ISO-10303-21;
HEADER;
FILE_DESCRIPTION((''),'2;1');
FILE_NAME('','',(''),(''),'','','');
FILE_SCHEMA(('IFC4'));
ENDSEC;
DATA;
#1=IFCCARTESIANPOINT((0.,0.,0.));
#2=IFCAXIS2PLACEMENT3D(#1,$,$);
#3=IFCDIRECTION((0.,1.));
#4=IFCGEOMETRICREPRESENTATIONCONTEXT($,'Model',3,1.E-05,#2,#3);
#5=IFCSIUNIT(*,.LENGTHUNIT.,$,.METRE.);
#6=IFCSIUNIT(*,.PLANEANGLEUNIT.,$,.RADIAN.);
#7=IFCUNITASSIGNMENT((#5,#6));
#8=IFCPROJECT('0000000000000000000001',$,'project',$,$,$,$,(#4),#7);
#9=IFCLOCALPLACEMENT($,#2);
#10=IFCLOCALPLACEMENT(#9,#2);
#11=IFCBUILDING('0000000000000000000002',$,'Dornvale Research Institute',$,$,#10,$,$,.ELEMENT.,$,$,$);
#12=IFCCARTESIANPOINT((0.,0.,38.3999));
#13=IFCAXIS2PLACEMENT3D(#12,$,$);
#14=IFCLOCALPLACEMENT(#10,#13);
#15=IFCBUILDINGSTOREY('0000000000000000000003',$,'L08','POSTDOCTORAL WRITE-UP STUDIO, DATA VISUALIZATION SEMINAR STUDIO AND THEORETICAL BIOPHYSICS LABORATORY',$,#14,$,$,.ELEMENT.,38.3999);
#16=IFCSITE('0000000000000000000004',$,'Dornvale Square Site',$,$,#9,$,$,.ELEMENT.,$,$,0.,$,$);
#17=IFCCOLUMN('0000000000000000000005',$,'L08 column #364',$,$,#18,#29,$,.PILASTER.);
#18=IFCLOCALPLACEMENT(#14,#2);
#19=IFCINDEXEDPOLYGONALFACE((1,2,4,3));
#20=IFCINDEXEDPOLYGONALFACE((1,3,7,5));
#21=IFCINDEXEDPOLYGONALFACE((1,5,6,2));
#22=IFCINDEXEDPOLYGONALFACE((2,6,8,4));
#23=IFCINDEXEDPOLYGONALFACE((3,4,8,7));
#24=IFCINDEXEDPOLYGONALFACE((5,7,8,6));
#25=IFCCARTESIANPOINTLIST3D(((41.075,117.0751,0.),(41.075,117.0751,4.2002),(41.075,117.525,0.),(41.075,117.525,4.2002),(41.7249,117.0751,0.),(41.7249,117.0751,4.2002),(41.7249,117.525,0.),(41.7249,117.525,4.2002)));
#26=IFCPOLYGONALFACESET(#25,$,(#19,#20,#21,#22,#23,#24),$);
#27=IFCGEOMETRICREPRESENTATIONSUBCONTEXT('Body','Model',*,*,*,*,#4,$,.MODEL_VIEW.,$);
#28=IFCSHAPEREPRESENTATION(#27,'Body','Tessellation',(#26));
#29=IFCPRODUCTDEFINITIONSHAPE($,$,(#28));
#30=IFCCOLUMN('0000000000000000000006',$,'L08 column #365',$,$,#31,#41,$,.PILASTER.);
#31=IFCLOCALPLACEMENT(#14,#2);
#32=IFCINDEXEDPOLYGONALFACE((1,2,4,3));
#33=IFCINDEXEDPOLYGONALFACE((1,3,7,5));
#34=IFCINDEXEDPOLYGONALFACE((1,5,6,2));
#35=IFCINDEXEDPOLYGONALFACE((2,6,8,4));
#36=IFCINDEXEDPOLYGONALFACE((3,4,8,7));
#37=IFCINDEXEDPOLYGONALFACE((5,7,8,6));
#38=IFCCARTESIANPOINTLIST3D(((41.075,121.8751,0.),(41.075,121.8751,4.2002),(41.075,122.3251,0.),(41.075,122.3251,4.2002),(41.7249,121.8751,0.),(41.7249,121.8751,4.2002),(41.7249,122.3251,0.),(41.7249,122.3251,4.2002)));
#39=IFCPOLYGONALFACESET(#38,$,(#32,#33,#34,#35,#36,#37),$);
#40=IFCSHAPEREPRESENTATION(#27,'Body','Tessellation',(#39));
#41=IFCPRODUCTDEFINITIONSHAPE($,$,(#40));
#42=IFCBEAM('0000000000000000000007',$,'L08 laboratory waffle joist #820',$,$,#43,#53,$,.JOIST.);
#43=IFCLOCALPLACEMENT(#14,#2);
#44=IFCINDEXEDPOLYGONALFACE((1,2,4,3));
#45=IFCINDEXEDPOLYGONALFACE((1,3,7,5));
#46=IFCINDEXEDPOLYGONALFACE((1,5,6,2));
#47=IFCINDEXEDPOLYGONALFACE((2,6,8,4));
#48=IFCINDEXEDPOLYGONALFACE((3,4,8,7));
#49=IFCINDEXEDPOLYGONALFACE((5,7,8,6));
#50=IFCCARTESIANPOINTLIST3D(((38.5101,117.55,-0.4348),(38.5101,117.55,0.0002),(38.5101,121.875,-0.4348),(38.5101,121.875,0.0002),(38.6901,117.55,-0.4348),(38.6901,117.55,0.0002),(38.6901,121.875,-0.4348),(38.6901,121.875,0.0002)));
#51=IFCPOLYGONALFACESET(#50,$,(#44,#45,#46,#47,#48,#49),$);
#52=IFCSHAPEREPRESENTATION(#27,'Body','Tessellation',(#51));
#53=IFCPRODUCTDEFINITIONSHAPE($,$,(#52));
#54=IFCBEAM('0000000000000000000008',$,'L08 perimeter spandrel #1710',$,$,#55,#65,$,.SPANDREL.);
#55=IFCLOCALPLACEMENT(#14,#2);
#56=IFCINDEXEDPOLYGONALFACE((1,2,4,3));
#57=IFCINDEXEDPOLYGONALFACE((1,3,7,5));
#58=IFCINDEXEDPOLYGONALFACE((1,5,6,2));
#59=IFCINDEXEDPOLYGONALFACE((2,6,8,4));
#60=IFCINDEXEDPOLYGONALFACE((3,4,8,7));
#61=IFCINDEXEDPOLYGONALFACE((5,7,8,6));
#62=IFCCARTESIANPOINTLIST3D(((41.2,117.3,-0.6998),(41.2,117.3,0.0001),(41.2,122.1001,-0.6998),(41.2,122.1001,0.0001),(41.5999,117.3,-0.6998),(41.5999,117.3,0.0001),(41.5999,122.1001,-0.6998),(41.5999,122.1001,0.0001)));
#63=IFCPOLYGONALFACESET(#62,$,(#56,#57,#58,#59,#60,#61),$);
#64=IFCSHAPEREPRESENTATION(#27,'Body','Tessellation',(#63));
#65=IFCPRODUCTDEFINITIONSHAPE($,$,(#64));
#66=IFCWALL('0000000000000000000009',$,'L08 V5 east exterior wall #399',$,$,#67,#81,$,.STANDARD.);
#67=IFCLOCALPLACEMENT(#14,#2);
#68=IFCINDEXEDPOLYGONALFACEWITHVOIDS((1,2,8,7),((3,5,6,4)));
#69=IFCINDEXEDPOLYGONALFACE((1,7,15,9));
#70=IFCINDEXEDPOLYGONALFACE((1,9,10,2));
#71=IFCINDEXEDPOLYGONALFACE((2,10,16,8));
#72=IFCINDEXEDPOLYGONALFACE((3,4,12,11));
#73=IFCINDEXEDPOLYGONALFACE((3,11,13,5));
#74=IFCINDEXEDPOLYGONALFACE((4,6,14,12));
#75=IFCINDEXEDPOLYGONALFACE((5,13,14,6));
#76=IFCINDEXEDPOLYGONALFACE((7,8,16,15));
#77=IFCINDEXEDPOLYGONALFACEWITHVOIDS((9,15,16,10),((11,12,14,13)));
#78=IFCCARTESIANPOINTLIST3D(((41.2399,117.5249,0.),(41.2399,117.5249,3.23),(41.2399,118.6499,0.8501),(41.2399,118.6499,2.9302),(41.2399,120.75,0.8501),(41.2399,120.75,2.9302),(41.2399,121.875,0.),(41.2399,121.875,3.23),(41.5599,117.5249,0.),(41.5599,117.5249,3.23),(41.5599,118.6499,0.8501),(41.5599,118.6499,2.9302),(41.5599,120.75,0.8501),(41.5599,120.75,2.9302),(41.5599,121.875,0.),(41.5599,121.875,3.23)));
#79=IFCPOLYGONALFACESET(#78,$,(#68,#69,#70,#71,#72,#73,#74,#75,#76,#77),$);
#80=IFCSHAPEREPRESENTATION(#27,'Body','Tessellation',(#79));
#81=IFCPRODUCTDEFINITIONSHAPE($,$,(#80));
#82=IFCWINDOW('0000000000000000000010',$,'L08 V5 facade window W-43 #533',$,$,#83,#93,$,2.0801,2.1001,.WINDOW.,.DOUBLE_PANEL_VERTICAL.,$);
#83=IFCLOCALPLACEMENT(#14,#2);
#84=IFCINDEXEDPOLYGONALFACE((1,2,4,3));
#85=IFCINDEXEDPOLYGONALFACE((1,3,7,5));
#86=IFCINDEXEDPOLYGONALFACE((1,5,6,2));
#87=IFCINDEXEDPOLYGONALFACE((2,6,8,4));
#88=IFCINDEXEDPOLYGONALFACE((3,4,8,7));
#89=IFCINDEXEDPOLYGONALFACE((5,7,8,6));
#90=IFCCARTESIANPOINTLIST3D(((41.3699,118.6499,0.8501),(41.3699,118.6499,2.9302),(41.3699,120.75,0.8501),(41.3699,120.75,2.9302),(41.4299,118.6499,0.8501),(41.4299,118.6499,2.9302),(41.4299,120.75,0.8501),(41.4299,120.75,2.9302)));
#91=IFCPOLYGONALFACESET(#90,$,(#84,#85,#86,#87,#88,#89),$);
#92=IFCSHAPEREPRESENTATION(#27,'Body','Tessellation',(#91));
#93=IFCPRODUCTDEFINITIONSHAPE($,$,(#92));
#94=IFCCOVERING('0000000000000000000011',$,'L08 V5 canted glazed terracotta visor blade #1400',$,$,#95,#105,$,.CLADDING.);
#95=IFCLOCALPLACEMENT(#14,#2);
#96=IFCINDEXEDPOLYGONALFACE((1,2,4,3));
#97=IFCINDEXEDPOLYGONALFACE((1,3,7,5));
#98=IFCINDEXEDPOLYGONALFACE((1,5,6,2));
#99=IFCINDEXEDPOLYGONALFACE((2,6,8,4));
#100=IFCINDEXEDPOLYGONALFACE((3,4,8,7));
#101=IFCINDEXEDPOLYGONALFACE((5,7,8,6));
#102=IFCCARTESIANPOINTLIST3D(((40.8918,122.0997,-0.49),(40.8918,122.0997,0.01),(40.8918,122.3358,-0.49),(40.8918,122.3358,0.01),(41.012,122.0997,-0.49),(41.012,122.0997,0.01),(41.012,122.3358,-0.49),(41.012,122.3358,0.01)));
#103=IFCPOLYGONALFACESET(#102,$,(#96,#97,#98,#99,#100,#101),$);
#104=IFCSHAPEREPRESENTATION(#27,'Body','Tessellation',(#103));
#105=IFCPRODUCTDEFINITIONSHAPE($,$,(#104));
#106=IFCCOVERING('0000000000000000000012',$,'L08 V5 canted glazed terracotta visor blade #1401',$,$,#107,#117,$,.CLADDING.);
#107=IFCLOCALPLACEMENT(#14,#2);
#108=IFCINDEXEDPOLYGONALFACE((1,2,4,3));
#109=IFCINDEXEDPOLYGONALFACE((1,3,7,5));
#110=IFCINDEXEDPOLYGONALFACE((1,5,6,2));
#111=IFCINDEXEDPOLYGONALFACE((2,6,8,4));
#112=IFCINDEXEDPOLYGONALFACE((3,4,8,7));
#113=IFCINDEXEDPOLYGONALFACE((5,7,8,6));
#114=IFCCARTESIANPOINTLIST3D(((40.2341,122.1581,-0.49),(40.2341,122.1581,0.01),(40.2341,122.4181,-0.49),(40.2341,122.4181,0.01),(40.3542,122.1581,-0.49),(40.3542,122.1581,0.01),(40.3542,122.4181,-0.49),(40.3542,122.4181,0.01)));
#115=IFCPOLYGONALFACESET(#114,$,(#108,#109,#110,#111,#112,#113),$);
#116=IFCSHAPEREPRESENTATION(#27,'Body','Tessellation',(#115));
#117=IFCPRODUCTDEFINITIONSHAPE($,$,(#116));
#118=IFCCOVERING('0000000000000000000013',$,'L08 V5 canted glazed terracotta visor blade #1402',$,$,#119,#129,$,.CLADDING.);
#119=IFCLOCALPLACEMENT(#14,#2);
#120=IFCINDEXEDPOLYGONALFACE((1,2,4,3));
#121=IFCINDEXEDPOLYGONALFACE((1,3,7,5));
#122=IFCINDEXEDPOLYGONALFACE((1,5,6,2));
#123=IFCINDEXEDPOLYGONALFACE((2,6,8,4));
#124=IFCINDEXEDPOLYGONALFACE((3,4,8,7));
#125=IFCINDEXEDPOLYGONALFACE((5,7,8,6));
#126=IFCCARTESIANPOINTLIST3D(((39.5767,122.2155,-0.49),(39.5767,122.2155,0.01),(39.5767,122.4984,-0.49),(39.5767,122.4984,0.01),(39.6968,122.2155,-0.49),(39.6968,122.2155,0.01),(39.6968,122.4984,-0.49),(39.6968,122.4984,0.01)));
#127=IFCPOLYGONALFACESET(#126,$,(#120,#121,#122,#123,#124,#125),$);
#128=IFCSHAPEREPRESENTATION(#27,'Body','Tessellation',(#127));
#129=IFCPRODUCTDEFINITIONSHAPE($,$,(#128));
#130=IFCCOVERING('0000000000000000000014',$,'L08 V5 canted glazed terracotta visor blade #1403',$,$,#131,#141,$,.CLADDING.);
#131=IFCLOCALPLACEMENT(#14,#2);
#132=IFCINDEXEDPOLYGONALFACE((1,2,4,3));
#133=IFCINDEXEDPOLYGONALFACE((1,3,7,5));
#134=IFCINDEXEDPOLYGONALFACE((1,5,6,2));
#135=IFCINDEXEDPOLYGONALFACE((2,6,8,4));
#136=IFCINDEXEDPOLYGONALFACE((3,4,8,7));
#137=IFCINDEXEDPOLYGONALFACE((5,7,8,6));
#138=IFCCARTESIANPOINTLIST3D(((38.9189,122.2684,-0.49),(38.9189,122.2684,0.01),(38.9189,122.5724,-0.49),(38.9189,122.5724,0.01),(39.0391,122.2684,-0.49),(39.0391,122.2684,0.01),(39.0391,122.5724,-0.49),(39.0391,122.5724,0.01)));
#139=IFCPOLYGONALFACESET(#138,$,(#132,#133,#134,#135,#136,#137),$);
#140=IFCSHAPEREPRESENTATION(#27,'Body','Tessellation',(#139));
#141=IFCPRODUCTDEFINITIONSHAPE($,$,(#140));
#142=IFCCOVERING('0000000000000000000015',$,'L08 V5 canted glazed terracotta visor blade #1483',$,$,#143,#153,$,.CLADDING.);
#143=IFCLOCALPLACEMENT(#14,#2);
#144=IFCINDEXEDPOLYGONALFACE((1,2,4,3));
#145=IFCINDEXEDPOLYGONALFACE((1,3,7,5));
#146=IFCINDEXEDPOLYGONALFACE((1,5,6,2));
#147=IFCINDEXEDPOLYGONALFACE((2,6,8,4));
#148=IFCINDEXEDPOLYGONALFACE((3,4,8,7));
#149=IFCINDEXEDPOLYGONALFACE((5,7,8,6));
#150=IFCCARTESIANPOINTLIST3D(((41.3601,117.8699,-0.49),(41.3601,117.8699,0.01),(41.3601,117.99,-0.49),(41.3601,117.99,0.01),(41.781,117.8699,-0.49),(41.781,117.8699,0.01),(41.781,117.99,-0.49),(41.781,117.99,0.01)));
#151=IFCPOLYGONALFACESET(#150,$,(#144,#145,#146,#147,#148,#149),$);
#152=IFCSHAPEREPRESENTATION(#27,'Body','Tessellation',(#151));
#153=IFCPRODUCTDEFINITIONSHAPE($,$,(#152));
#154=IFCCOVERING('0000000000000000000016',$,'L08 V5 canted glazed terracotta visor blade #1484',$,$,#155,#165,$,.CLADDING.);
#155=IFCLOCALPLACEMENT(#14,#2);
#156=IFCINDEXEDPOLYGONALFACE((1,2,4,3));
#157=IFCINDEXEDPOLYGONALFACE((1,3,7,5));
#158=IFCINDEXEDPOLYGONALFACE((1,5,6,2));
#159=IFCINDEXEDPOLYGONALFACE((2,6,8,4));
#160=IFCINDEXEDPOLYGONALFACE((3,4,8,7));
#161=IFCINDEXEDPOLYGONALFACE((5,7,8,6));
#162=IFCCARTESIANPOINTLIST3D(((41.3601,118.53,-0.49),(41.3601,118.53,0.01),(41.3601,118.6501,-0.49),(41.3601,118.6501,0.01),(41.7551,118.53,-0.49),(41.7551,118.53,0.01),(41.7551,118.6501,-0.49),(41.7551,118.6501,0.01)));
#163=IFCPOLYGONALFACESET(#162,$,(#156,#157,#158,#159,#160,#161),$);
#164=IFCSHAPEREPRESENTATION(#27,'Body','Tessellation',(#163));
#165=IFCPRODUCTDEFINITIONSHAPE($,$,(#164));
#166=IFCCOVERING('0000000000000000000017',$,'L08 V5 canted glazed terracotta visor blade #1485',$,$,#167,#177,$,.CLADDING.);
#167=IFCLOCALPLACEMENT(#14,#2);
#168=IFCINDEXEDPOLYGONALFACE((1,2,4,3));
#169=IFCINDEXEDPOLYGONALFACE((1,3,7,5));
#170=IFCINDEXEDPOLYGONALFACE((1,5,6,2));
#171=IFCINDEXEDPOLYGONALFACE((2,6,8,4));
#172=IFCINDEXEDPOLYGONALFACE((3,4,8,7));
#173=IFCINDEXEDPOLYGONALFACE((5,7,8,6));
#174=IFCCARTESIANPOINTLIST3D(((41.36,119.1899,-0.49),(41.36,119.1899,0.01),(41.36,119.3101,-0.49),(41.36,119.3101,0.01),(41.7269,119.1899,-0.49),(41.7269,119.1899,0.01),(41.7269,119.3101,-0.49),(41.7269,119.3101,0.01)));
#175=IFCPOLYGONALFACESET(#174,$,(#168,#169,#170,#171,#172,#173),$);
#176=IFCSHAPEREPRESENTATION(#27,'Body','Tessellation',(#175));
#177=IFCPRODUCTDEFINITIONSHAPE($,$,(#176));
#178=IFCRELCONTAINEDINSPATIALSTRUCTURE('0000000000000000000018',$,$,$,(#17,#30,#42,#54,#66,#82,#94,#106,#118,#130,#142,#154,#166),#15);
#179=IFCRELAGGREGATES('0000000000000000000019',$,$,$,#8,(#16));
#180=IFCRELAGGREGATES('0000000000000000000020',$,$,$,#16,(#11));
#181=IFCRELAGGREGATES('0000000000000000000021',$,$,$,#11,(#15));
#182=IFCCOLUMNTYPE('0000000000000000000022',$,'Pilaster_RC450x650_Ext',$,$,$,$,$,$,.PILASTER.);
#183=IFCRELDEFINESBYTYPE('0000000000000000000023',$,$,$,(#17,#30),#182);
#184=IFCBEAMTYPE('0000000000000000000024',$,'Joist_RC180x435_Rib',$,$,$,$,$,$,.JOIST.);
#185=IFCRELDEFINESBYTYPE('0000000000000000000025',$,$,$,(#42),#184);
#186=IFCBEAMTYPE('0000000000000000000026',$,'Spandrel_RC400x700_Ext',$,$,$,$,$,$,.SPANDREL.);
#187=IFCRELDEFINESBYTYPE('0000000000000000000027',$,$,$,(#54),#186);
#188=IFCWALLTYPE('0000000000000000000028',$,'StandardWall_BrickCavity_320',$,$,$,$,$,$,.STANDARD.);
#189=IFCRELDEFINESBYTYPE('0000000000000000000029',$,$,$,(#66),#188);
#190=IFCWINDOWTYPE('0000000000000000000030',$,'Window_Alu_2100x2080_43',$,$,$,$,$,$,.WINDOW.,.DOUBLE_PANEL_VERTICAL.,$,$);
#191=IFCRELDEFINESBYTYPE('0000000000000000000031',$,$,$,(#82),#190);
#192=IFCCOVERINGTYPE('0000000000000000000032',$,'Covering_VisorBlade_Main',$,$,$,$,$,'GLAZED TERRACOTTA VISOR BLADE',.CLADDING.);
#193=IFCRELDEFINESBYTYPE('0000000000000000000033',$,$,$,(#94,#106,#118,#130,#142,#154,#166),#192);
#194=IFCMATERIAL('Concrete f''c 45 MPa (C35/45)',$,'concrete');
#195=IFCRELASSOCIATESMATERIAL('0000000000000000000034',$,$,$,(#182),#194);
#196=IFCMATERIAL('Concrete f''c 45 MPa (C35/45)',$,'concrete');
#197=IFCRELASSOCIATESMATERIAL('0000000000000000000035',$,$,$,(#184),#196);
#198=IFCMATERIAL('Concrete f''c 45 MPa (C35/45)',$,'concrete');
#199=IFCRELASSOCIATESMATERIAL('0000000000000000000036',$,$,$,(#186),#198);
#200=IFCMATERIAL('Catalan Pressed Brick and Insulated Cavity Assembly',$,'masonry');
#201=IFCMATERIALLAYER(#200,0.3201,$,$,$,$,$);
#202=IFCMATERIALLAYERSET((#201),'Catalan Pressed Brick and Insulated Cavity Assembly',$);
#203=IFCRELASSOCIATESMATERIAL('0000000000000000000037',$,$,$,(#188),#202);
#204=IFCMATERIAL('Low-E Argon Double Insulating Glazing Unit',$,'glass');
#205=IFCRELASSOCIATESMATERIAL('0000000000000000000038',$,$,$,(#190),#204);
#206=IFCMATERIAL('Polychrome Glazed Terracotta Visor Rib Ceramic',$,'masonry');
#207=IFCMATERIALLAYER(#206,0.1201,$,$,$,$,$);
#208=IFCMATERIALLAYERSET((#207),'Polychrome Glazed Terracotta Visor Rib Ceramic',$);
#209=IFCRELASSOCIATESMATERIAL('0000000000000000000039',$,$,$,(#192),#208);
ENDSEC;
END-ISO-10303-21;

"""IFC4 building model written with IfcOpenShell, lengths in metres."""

from ifc_helpers import new_model, si_unit, direction, frame, frame_2d, origin, origin_2d, place, context, subcontext, project, spatial, rectangle, extrude, material, layer, layer_set, material_profile, profile_set, type_object, element, fill, save


model = new_model("IFC4")

# Units and contexts
model_context = context("Model", 3, precision=1e-05, world=origin(), true_north=direction((0.0, 1.0)))
body_context = subcontext(model_context, "Body", "Model", "MODEL_VIEW")
ifc_project = project(units=[si_unit("LENGTHUNIT", "METRE"), si_unit("PLANEANGLEUNIT", "RADIAN")], contexts=[model_context])

# Site, building, storey
site_placement = place(None, origin())
site = spatial("IfcSite", under=ifc_project, at=site_placement, Name="Dornvale Square Site", CompositionType="ELEMENT", RefElevation=0.0)
building_placement = place(site_placement, origin())
building = spatial("IfcBuilding", under=site, at=building_placement, Name="Dornvale Research Institute", CompositionType="ELEMENT")
storey_placement = place(building_placement, frame((0.0, 0.0, 38.3999)))
storey = spatial("IfcBuildingStorey", under=building, at=storey_placement, Name="L08", Description="POSTDOCTORAL WRITE-UP STUDIO, DATA VISUALIZATION SEMINAR STUDIO AND THEORETICAL BIOPHYSICS LABORATORY", CompositionType="ELEMENT", Elevation=38.3999)

# Columns
ifc_material_1 = material(Name="Concrete f'c 45 MPa (C35/45)", Category="concrete")
ifc_material_profile_1 = material_profile(ifc_material_1, rectangle(XDim=0.45, YDim=0.6499, at=origin_2d()), Name="RC 450x650")
ifc_profile_set_1 = profile_set([ifc_material_profile_1], Name="Concrete f'c 45 MPa (C35/45)")
column_type = type_object("IfcColumnType", Name="Pilaster_RC450x650_Ext", PredefinedType="PILASTER", material=ifc_profile_set_1)
for number, where, z_axis, x_axis, name in (
    (1, (41.3999, 117.3, 0.0), (0.0, 0.0, 1.0), (0.0, 1.0, 0.0), "L08 column #364"),
    (2, (41.3999, 122.1001, 0.0), (0.0, 0.0, 1.0), (0.0, 1.0, 0.0), "L08 column #365"),
):
    element("IfcColumn", number, at=place(storey_placement, frame(where, z_axis=z_axis, x_axis=x_axis)), inside=storey, type_object=column_type, Name=name, PredefinedType="PILASTER", context=body_context, shape_type="SweptSolid", body=[
        extrude(rectangle(XDim=0.45, YDim=0.6499, at=origin_2d()), origin(), (0.0, 0.0, 1.0), 4.2002),
    ])

# Beams
ifc_material_2 = material(Name="Concrete f'c 45 MPa (C35/45)", Category="concrete")
ifc_material_profile_2 = material_profile(ifc_material_2, rectangle(XDim=0.1799, YDim=0.4351, at=origin_2d()), Name="RC 180x435")
ifc_profile_set_2 = profile_set([ifc_material_profile_2], Name="Concrete f'c 45 MPa (C35/45)")
beam_type_1 = type_object("IfcBeamType", Name="Joist_RC180x435_Rib", PredefinedType="JOIST", material=ifc_profile_set_2)
beam_1_placement = place(storey_placement, frame((38.6001, 117.55, -0.2173), z_axis=(0.0, 1.0, 0.0), x_axis=(-1.0, 0.0, 0.0)))
element("IfcBeam", 3, at=beam_1_placement, inside=storey, type_object=beam_type_1, Name="L08 laboratory waffle joist #820", PredefinedType="JOIST", context=body_context, shape_type="SweptSolid", body=[
    extrude(rectangle(XDim=0.1799, YDim=0.4351, at=origin_2d()), origin(), (0.0, 0.0, 1.0), 4.325),
])
ifc_material_3 = material(Name="Concrete f'c 45 MPa (C35/45)", Category="concrete")
ifc_material_profile_3 = material_profile(ifc_material_3, rectangle(XDim=0.3999, YDim=0.7, at=origin_2d()), Name="RC 400x700")
ifc_profile_set_3 = profile_set([ifc_material_profile_3], Name="Concrete f'c 45 MPa (C35/45)")
beam_type_2 = type_object("IfcBeamType", Name="Spandrel_RC400x700_Ext", PredefinedType="SPANDREL", material=ifc_profile_set_3)
beam_2_placement = place(storey_placement, frame((41.3999, 117.3, -0.3499), z_axis=(0.0, 1.0, 0.0), x_axis=(-1.0, 0.0, 0.0)))
element("IfcBeam", 4, at=beam_2_placement, inside=storey, type_object=beam_type_2, Name="L08 perimeter spandrel #1710", PredefinedType="SPANDREL", context=body_context, shape_type="SweptSolid", body=[
    extrude(rectangle(XDim=0.3999, YDim=0.7, at=origin_2d()), origin(), (0.0, 0.0, 1.0), 4.8),
])

# Wall, opening, window
ifc_material_4 = material(Name="Catalan Pressed Brick and Insulated Cavity Assembly", Category="masonry")
ifc_layer_1 = layer(ifc_material_4, 0.3201)
ifc_layer_set_1 = layer_set([ifc_layer_1], Name="Catalan Pressed Brick and Insulated Cavity Assembly")
wall_type = type_object("IfcWallType", Name="StandardWall_BrickCavity_320", PredefinedType="STANDARD", material=ifc_layer_set_1)
wall_placement = place(storey_placement, frame((41.3999, 121.875, 0.0), z_axis=(0.0, 0.0, 1.0), x_axis=(0.0, -1.0, 0.0)))
wall = element("IfcWall", 5, at=wall_placement, inside=storey, type_object=wall_type, Name="L08 V5 east exterior wall #399", PredefinedType="STANDARD", context=body_context, shape_type="SweptSolid", body=[
    extrude(rectangle(XDim=4.3501, YDim=0.3201, at=frame_2d((2.175, 0.0))), origin(), (0.0, 0.0, 1.0), 3.23),
])
opening_placement = place(wall_placement, frame((1.125, 0.0, 0.8501)))
opening = element("IfcOpeningElement", 6, at=opening_placement, cuts=wall, PredefinedType="OPENING", context=body_context, shape_type="SweptSolid", body=[
    extrude(rectangle(XDim=2.1001, YDim=2.0801, at=frame_2d((1.05, 1.04))), frame((0.0, 0.175, 0.0), z_axis=(0.0, -1.0, 0.0), x_axis=(1.0, 0.0, 0.0)), (0.0, 0.0, 1.0), 0.3501),
])
ifc_material_5 = material(Name="Low-E Argon Double Insulating Glazing Unit", Category="glass")
window_type = type_object("IfcWindowType", Name="Window_Alu_2100x2080_43", PartitioningType="DOUBLE_PANEL_VERTICAL", PredefinedType="WINDOW", material=ifc_material_5)
window_placement = place(opening_placement, origin())
window = element("IfcWindow", 7, at=window_placement, inside=storey, type_object=window_type, Name="L08 V5 facade window W-43 #533", OverallHeight=2.0801, OverallWidth=2.1001, PartitioningType="DOUBLE_PANEL_VERTICAL", PredefinedType="WINDOW", context=body_context, shape_type="SweptSolid", body=[
    extrude(rectangle(XDim=2.1001, YDim=2.0801, at=frame_2d((1.05, 1.04))), frame((0.0, 0.03, 0.0), z_axis=(0.0, -1.0, 0.0), x_axis=(1.0, 0.0, 0.0)), (0.0, 0.0, 1.0), 0.0601),
])
fill(opening, window)

# Coverings
ifc_material_6 = material(Name="Polychrome Glazed Terracotta Visor Rib Ceramic", Category="masonry")
ifc_layer_2 = layer(ifc_material_6, 0.1201)
ifc_layer_set_2 = layer_set([ifc_layer_2], Name="Polychrome Glazed Terracotta Visor Rib Ceramic")
covering_type = type_object("IfcCoveringType", Name="Covering_VisorBlade_Main", ElementType="GLAZED TERRACOTTA VISOR BLADE", PredefinedType="CLADDING", material=ifc_layer_set_2)
covering_1_placement = place(storey_placement, frame((40.9519, 122.2178, -0.49), z_axis=(0.0, 0.0, 1.0), x_axis=(0.0, 1.0, 0.0)))
element("IfcCovering", 8, at=covering_1_placement, inside=storey, type_object=covering_type, Name="L08 V5 canted glazed terracotta visor blade #1400", PredefinedType="CLADDING", context=body_context, shape_type="SweptSolid", body=[
    extrude(rectangle(XDim=0.2361, YDim=0.1201, at=origin_2d()), origin(), (0.0, 0.0, 1.0), 0.5),
])
covering_2_placement = place(storey_placement, frame((40.2942, 122.2881, -0.49), z_axis=(0.0, 0.0, 1.0), x_axis=(0.0, 1.0, 0.0)))
element("IfcCovering", 9, at=covering_2_placement, inside=storey, type_object=covering_type, Name="L08 V5 canted glazed terracotta visor blade #1401", PredefinedType="CLADDING", context=body_context, shape_type="SweptSolid", body=[
    extrude(rectangle(XDim=0.26, YDim=0.1201, at=origin_2d()), origin(), (0.0, 0.0, 1.0), 0.5),
])
covering_3_placement = place(storey_placement, frame((39.6367, 122.3569, -0.49), z_axis=(0.0, 0.0, 1.0), x_axis=(0.0, 1.0, 0.0)))
element("IfcCovering", 10, at=covering_3_placement, inside=storey, type_object=covering_type, Name="L08 V5 canted glazed terracotta visor blade #1402", PredefinedType="CLADDING", context=body_context, shape_type="SweptSolid", body=[
    extrude(rectangle(XDim=0.283, YDim=0.1201, at=origin_2d()), origin(), (0.0, 0.0, 1.0), 0.5),
])
covering_4_placement = place(storey_placement, frame((38.979, 122.4204, -0.49), z_axis=(0.0, 0.0, 1.0), x_axis=(0.0, 1.0, 0.0)))
element("IfcCovering", 11, at=covering_4_placement, inside=storey, type_object=covering_type, Name="L08 V5 canted glazed terracotta visor blade #1403", PredefinedType="CLADDING", context=body_context, shape_type="SweptSolid", body=[
    extrude(rectangle(XDim=0.304, YDim=0.1201, at=origin_2d()), origin(), (0.0, 0.0, 1.0), 0.5),
])
covering_5_placement = place(storey_placement, frame((41.5706, 117.9299, -0.49), z_axis=(0.0, 0.0, 1.0), x_axis=(1.0, 0.0, 0.0)))
element("IfcCovering", 12, at=covering_5_placement, inside=storey, type_object=covering_type, Name="L08 V5 canted glazed terracotta visor blade #1483", PredefinedType="CLADDING", context=body_context, shape_type="SweptSolid", body=[
    extrude(rectangle(XDim=0.4209, YDim=0.1201, at=origin_2d()), origin(), (0.0, 0.0, 1.0), 0.5),
])
covering_6_placement = place(storey_placement, frame((41.5576, 118.5901, -0.49), z_axis=(0.0, 0.0, 1.0), x_axis=(1.0, 0.0, 0.0)))
element("IfcCovering", 13, at=covering_6_placement, inside=storey, type_object=covering_type, Name="L08 V5 canted glazed terracotta visor blade #1484", PredefinedType="CLADDING", context=body_context, shape_type="SweptSolid", body=[
    extrude(rectangle(XDim=0.395, YDim=0.1201, at=origin_2d()), origin(), (0.0, 0.0, 1.0), 0.5),
])
covering_7_placement = place(storey_placement, frame((41.5435, 119.25, -0.49), z_axis=(0.0, 0.0, 1.0), x_axis=(1.0, 0.0, 0.0)))
element("IfcCovering", 14, at=covering_7_placement, inside=storey, type_object=covering_type, Name="L08 V5 canted glazed terracotta visor blade #1485", PredefinedType="CLADDING", context=body_context, shape_type="SweptSolid", body=[
    extrude(rectangle(XDim=0.3669, YDim=0.1201, at=origin_2d()), origin(), (0.0, 0.0, 1.0), 0.5),
])

save(model, "model.ifc")
